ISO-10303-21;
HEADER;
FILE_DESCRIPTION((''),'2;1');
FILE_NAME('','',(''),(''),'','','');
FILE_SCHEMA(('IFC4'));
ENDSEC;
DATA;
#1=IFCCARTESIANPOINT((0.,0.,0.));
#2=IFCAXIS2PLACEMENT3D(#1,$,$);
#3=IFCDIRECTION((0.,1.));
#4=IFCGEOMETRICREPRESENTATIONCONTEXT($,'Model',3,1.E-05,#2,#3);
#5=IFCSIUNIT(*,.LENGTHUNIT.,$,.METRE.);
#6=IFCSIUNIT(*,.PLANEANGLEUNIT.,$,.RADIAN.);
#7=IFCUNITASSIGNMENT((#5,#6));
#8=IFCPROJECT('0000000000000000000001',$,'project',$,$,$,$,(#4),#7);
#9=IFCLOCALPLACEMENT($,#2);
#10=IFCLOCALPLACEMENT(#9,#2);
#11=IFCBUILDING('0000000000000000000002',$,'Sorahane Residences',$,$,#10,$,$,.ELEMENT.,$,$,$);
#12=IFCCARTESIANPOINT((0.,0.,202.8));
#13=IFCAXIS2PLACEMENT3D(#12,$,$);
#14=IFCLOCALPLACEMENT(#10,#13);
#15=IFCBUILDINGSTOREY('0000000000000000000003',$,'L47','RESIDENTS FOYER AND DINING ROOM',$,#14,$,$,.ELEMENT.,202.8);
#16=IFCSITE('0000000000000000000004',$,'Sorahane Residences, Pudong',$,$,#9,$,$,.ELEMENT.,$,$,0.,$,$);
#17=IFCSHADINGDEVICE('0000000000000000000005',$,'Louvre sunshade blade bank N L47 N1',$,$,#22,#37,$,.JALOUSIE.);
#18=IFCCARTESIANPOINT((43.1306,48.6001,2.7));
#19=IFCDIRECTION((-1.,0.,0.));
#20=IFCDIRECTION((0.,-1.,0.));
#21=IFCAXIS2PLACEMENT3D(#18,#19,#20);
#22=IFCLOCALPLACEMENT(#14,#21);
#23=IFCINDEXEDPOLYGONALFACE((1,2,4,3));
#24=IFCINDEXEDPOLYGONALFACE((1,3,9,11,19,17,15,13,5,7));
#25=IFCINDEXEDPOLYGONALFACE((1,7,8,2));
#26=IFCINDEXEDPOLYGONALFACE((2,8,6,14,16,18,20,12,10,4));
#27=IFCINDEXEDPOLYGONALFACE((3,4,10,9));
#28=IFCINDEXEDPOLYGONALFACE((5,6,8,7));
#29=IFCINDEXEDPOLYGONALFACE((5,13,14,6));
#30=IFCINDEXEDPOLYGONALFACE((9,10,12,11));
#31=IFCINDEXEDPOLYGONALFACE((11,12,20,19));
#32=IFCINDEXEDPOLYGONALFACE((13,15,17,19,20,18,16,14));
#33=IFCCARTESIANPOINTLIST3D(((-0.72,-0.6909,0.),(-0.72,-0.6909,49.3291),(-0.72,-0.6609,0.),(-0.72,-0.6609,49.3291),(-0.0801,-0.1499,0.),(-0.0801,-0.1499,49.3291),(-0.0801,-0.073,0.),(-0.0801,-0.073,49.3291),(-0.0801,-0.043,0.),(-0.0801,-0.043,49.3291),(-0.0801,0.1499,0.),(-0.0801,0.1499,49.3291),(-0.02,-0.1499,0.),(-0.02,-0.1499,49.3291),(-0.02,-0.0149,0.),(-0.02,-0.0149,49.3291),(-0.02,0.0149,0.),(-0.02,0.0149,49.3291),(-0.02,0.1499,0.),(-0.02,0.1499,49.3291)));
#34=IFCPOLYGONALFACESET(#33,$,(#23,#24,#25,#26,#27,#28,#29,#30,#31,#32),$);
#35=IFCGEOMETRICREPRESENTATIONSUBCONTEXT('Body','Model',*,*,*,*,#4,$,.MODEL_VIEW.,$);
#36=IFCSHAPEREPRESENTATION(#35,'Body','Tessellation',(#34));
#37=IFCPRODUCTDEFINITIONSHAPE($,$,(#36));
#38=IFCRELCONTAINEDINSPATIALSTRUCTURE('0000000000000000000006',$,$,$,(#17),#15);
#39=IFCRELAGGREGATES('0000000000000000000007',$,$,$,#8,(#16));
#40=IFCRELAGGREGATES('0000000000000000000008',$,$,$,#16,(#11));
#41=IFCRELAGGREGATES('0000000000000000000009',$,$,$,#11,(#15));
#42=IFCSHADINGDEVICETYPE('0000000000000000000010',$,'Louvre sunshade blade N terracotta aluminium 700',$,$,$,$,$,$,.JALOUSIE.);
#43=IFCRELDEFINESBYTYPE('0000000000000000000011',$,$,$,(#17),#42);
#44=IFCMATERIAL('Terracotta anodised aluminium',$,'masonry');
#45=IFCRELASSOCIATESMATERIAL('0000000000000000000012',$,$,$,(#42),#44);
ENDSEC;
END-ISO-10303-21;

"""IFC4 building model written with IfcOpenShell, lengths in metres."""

from ifc_helpers import new_model, si_unit, direction, frame, origin, place, context, subcontext, project, spatial, polyline, outline, extrude, material, type_object, element, save


model = new_model("IFC4")

# Units and contexts
model_context = context("Model", 3, precision=1e-05, world=origin(), true_north=direction((0.0, 1.0)))
body_context = subcontext(model_context, "Body", "Model", "MODEL_VIEW")
ifc_project = project(units=[si_unit("LENGTHUNIT", "METRE"), si_unit("PLANEANGLEUNIT", "RADIAN")], contexts=[model_context])

# Site, building, storey
site_placement = place(None, origin())
site = spatial("IfcSite", under=ifc_project, at=site_placement, Name="Sorahane Residences, Pudong", CompositionType="ELEMENT", RefElevation=0.0)
building_placement = place(site_placement, origin())
building = spatial("IfcBuilding", under=site, at=building_placement, Name="Sorahane Residences", CompositionType="ELEMENT")
storey_placement = place(building_placement, frame((0.0, 0.0, 202.8)))
storey = spatial("IfcBuildingStorey", under=building, at=storey_placement, Name="L47", Description="RESIDENTS FOYER AND DINING ROOM", CompositionType="ELEMENT", Elevation=202.8)

# Shading device
ifc_material_1 = material(Name="Terracotta anodised aluminium", Category="masonry")
shading_device_type = type_object("IfcShadingDeviceType", Name="Louvre sunshade blade N terracotta aluminium 700", PredefinedType="JALOUSIE", material=ifc_material_1)
shading_device_placement = place(storey_placement, frame((43.1306, 48.6001, 2.7), z_axis=(-1.0, 0.0, 0.0), x_axis=(0.0, -1.0, 0.0)))
element("IfcShadingDevice", 1, at=shading_device_placement, inside=storey, type_object=shading_device_type, Name="Louvre sunshade blade bank N L47 N1", PredefinedType="JALOUSIE", context=body_context, shape_type="SweptSolid", body=[
    extrude(outline(polyline([(-0.72, -0.6609), (-0.72, -0.6909), (-0.0801, -0.073), (-0.0801, -0.1499), (-0.02, -0.1499), (-0.02, -0.0149), (-0.02, 0.0149), (-0.02, 0.1499), (-0.0801, 0.1499), (-0.0801, -0.043), (-0.72, -0.6609)])), origin(), (0.0, 0.0, 1.0), 49.3291),
])

save(model, "model.ifc")
